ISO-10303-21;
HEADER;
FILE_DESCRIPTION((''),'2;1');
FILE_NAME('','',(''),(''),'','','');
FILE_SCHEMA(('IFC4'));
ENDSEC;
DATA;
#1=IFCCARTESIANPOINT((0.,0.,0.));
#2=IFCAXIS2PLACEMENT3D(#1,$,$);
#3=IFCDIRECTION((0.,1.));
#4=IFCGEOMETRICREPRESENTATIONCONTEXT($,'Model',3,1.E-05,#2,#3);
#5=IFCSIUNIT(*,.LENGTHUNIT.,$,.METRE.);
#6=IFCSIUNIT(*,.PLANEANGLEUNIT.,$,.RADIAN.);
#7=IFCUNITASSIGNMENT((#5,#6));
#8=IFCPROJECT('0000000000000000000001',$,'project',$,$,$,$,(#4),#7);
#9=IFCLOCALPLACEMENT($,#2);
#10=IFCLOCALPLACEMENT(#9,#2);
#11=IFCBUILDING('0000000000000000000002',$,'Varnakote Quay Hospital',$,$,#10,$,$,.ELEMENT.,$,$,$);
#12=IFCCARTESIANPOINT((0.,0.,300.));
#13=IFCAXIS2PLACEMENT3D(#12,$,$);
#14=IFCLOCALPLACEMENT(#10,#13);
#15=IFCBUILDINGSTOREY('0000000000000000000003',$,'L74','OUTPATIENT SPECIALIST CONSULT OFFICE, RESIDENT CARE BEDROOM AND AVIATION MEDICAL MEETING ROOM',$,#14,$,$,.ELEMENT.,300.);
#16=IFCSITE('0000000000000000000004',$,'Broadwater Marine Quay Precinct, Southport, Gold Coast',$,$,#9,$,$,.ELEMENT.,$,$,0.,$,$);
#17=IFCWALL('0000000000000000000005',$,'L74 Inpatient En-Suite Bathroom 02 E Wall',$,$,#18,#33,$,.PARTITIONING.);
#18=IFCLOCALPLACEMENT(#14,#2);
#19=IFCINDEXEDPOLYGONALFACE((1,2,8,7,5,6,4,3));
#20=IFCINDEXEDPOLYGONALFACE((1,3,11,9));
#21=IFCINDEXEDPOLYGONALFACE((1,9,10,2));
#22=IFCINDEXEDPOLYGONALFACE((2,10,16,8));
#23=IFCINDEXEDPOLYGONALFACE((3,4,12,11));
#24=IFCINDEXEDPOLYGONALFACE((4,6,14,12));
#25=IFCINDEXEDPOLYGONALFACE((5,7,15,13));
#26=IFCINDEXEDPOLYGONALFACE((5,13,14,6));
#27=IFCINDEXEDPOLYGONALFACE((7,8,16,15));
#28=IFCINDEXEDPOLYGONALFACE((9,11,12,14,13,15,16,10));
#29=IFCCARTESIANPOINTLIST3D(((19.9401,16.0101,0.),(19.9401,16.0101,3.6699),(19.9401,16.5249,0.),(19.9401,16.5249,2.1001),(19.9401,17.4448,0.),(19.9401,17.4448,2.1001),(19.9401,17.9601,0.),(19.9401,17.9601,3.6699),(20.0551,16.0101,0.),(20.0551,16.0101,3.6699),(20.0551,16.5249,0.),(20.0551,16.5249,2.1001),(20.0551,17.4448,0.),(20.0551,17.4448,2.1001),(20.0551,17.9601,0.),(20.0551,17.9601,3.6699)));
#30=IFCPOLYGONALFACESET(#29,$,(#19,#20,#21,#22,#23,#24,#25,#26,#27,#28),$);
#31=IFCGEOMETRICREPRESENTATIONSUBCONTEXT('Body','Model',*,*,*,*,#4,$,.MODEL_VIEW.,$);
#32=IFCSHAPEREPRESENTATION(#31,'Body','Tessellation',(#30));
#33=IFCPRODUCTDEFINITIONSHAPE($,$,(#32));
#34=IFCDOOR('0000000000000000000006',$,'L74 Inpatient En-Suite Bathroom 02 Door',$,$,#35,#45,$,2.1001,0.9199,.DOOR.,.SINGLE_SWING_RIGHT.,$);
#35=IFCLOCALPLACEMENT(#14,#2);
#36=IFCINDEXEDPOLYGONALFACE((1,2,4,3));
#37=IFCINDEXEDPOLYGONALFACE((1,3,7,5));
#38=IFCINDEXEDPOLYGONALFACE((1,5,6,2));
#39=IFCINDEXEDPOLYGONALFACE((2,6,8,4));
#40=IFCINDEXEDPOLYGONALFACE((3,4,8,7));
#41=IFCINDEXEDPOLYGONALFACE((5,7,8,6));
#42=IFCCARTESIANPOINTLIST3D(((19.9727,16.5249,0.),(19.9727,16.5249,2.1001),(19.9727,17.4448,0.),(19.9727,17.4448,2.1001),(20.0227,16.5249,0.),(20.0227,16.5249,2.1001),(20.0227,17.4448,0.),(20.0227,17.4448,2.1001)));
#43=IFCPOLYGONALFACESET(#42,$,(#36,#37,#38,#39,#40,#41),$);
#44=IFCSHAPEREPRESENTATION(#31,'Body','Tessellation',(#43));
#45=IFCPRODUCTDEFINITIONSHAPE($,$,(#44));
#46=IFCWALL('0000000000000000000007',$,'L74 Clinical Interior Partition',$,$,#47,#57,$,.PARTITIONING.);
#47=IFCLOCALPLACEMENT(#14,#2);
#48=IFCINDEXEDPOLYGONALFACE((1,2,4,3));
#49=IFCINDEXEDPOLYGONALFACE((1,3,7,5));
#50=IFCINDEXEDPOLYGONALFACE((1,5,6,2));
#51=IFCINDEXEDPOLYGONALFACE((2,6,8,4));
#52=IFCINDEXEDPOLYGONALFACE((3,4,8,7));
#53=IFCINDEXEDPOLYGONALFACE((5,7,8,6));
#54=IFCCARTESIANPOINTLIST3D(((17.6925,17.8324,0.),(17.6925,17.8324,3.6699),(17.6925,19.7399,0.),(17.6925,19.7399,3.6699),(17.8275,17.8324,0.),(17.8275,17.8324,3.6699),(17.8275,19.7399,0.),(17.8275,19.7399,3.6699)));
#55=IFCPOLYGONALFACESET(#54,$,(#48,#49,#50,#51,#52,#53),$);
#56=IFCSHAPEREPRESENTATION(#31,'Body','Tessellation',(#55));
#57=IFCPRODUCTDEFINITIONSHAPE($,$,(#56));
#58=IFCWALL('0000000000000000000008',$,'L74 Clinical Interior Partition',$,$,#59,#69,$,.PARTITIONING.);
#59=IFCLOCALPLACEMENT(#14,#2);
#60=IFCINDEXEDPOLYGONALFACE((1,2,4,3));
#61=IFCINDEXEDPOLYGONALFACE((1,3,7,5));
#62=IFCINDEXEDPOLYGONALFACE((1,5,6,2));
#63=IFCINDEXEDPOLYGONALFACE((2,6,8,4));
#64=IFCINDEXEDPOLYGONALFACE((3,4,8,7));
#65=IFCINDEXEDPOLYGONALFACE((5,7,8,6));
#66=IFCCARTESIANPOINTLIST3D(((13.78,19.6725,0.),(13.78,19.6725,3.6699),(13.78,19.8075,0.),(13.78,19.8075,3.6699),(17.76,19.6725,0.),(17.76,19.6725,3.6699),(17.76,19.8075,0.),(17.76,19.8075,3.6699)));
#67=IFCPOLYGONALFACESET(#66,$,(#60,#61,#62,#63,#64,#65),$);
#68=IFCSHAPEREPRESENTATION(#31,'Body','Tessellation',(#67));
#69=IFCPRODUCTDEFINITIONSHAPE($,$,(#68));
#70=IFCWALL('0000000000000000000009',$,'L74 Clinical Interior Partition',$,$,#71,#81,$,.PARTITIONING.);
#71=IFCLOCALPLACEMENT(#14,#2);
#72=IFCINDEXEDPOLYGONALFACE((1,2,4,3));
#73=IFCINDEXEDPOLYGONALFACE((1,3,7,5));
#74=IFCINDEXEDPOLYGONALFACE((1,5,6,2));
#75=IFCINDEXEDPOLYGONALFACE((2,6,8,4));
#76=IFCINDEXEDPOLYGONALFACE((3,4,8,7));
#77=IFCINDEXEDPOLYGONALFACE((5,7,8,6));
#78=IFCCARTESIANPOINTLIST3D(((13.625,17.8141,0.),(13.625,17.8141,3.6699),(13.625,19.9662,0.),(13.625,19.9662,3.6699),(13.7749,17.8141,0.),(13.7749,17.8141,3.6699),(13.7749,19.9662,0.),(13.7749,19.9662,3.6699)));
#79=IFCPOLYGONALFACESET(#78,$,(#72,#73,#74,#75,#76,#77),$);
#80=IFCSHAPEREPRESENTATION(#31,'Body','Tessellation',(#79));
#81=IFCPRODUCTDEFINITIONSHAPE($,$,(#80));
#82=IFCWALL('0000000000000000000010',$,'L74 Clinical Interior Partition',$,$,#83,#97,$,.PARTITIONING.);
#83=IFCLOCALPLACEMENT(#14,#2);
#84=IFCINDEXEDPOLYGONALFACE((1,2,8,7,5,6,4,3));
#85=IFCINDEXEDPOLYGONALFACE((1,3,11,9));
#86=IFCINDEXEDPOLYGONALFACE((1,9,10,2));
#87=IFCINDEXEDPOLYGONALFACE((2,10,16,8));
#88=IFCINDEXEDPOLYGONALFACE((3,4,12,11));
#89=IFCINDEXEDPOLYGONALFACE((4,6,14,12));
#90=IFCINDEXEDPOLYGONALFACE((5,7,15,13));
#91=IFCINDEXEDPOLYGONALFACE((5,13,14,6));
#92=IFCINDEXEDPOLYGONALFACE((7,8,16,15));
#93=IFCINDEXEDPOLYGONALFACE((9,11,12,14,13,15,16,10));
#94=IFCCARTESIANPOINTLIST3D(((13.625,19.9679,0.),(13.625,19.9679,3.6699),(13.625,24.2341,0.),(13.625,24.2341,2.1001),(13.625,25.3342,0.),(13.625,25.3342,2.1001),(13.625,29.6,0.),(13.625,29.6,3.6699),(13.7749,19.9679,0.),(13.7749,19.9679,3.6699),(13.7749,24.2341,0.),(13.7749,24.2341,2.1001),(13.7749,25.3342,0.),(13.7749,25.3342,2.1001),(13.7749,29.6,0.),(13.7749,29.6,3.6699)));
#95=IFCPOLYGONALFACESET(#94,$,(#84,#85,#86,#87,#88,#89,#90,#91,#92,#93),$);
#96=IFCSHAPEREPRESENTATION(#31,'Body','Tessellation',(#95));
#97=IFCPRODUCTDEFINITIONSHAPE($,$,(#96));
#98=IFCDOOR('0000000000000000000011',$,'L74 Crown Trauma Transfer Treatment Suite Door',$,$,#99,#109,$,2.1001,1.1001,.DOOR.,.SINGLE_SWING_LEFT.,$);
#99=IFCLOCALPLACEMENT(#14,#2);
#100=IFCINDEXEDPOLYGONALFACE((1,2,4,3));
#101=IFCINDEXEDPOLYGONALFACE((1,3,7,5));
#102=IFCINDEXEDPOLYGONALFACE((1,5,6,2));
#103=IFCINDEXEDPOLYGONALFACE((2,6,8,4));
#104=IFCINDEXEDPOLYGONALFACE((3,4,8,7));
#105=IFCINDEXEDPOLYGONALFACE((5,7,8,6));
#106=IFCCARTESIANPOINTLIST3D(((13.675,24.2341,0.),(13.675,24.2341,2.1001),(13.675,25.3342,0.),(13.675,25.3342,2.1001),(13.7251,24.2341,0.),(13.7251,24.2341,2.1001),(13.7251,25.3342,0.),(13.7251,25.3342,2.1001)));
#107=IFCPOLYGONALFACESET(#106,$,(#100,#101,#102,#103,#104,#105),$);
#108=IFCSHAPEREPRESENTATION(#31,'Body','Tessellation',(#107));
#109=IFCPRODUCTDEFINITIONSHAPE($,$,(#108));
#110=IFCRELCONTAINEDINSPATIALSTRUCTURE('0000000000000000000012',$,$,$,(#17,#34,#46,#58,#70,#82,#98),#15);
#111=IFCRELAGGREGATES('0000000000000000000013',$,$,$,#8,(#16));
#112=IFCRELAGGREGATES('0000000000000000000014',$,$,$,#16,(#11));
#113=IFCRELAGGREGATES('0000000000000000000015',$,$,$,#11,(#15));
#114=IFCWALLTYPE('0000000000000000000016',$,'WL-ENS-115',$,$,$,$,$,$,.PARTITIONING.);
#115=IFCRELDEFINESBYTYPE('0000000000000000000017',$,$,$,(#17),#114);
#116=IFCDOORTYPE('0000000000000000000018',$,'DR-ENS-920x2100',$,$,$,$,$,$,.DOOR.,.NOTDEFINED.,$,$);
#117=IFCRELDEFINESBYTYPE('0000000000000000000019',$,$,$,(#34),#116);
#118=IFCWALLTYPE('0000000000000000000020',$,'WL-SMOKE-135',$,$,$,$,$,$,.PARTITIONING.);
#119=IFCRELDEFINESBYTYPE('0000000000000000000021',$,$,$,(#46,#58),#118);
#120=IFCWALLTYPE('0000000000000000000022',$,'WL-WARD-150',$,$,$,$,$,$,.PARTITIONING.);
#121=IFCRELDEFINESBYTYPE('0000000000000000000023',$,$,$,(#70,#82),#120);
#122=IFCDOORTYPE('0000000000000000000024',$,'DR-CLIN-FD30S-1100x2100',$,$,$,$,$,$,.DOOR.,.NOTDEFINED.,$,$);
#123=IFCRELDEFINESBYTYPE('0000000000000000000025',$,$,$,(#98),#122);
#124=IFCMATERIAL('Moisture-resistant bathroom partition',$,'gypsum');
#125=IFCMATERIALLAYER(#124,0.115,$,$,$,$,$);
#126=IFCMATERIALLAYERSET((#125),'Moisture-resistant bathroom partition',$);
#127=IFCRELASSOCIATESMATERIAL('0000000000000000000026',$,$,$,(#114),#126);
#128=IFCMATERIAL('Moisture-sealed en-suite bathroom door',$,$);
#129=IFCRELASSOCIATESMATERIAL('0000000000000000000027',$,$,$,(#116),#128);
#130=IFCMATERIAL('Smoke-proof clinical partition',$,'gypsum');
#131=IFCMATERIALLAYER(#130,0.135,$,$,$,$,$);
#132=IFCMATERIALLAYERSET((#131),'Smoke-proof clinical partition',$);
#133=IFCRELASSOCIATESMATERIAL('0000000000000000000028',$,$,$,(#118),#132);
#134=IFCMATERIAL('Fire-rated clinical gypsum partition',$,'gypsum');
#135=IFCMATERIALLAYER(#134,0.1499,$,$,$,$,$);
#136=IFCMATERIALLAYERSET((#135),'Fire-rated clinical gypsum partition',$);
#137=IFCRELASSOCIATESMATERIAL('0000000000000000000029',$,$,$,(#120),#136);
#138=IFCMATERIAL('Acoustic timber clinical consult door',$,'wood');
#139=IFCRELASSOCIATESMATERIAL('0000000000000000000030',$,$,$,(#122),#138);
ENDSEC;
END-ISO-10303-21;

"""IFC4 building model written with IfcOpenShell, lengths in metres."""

from ifc_helpers import new_model, si_unit, direction, frame, frame_2d, origin, place, context, subcontext, project, spatial, rectangle, extrude, material, layer, layer_set, type_object, element, fill, save


model = new_model("IFC4")

# Units and contexts
model_context = context("Model", 3, precision=1e-05, world=origin(), true_north=direction((0.0, 1.0)))
body_context = subcontext(model_context, "Body", "Model", "MODEL_VIEW")
ifc_project = project(units=[si_unit("LENGTHUNIT", "METRE"), si_unit("PLANEANGLEUNIT", "RADIAN")], contexts=[model_context])

# Site, building, storey
site_placement = place(None, origin())
site = spatial("IfcSite", under=ifc_project, at=site_placement, Name="Broadwater Marine Quay Precinct, Southport, Gold Coast", CompositionType="ELEMENT", RefElevation=0.0)
building_placement = place(site_placement, origin())
building = spatial("IfcBuilding", under=site, at=building_placement, Name="Varnakote Quay Hospital", CompositionType="ELEMENT")
storey_placement = place(building_placement, frame((0.0, 0.0, 300.0)))
storey = spatial("IfcBuildingStorey", under=building, at=storey_placement, Name="L74", Description="OUTPATIENT SPECIALIST CONSULT OFFICE, RESIDENT CARE BEDROOM AND AVIATION MEDICAL MEETING ROOM", CompositionType="ELEMENT", Elevation=300.0)

# Shared definitions
ifc_material_1 = material(Name="Moisture-resistant bathroom partition", Category="gypsum")
ifc_layer_1 = layer(ifc_material_1, 0.115)
ifc_layer_set_1 = layer_set([ifc_layer_1], Name="Moisture-resistant bathroom partition")
wall_type_1 = type_object("IfcWallType", Name="WL-ENS-115", PredefinedType="PARTITIONING", material=ifc_layer_set_1)

# Shared definitions
ifc_material_2 = material(Name="Moisture-sealed en-suite bathroom door")
door_type_1 = type_object("IfcDoorType", Name="DR-ENS-920x2100", OperationType="NOTDEFINED", PredefinedType="DOOR", material=ifc_material_2)

# Wall, opening, door
wall_1_placement = place(storey_placement, frame((19.9976, 16.01, 0.0), z_axis=(0.0, 0.0, 1.0), x_axis=(0.0, 1.0, 0.0)))
wall_1 = element("IfcWall", 1, at=wall_1_placement, inside=storey, type_object=wall_type_1, Name="L74 Inpatient En-Suite Bathroom 02 E Wall", PredefinedType="PARTITIONING", context=body_context, shape_type="SweptSolid", body=[
    extrude(rectangle(XDim=1.95, YDim=0.115, at=frame_2d((0.9751, 0.0))), origin(), (0.0, 0.0, 1.0), 3.6699),
])
opening_1_placement = place(wall_1_placement, frame((0.5149, 0.0, 0.0)))
opening_1 = element("IfcOpeningElement", 2, at=opening_1_placement, cuts=wall_1, PredefinedType="OPENING", context=body_context, shape_type="SweptSolid", body=[
    extrude(rectangle(XDim=0.9199, YDim=2.1001, at=frame_2d((0.46, 1.05))), frame((0.0, 0.0674, 0.0), z_axis=(0.0, -1.0, 0.0), x_axis=(1.0, 0.0, 0.0)), (0.0, 0.0, 1.0), 0.135),
])
door_1_placement = place(opening_1_placement, origin())
door_1 = element("IfcDoor", 3, at=door_1_placement, inside=storey, type_object=door_type_1, Name="L74 Inpatient En-Suite Bathroom 02 Door", OperationType="SINGLE_SWING_RIGHT", OverallHeight=2.1001, OverallWidth=0.9199, PredefinedType="DOOR", context=body_context, shape_type="SweptSolid", body=[
    extrude(rectangle(XDim=0.9199, YDim=2.1001, at=frame_2d((0.46, 1.05))), frame((0.0, 0.0249, 0.0), z_axis=(0.0, -1.0, 0.0), x_axis=(1.0, 0.0, 0.0)), (0.0, 0.0, 1.0), 0.05),
])
fill(opening_1, door_1)

# Walls
ifc_material_3 = material(Name="Smoke-proof clinical partition", Category="gypsum")
ifc_layer_2 = layer(ifc_material_3, 0.135)
ifc_layer_set_2 = layer_set([ifc_layer_2], Name="Smoke-proof clinical partition")
wall_type_2 = type_object("IfcWallType", Name="WL-SMOKE-135", PredefinedType="PARTITIONING", material=ifc_layer_set_2)
wall_2_placement = place(storey_placement, frame((17.76, 17.8325, 0.0), z_axis=(0.0, 0.0, 1.0), x_axis=(0.0, 1.0, 0.0)))
element("IfcWall", 4, at=wall_2_placement, inside=storey, type_object=wall_type_2, Name="L74 Clinical Interior Partition", PredefinedType="PARTITIONING", context=body_context, shape_type="SweptSolid", body=[
    extrude(rectangle(XDim=1.9075, YDim=0.135, at=frame_2d((0.9536, 0.0))), origin(), (0.0, 0.0, 1.0), 3.6699),
])
wall_3_placement = place(storey_placement, frame((17.76, 19.74, 0.0), z_axis=(0.0, 0.0, 1.0), x_axis=(-1.0, 0.0, 0.0)))
element("IfcWall", 5, at=wall_3_placement, inside=storey, type_object=wall_type_2, Name="L74 Clinical Interior Partition", PredefinedType="PARTITIONING", context=body_context, shape_type="SweptSolid", body=[
    extrude(rectangle(XDim=3.98, YDim=0.135, at=frame_2d((1.99, 0.0))), origin(), (0.0, 0.0, 1.0), 3.6699),
])

# Shared definitions
ifc_material_4 = material(Name="Fire-rated clinical gypsum partition", Category="gypsum")
ifc_layer_3 = layer(ifc_material_4, 0.1499)
ifc_layer_set_3 = layer_set([ifc_layer_3], Name="Fire-rated clinical gypsum partition")
wall_type_3 = type_object("IfcWallType", Name="WL-WARD-150", PredefinedType="PARTITIONING", material=ifc_layer_set_3)

# Wall
wall_4_placement = place(storey_placement, frame((13.7, 17.814, 0.0), z_axis=(0.0, 0.0, 1.0), x_axis=(0.0, 1.0, 0.0)))
element("IfcWall", 6, at=wall_4_placement, inside=storey, type_object=wall_type_3, Name="L74 Clinical Interior Partition", PredefinedType="PARTITIONING", context=body_context, shape_type="SweptSolid", body=[
    extrude(rectangle(XDim=2.1521, YDim=0.1499, at=frame_2d((1.0762, 0.0))), origin(), (0.0, 0.0, 1.0), 3.6699),
])

# Wall, opening, door
wall_5_placement = place(storey_placement, frame((13.7, 19.968, 0.0), z_axis=(0.0, 0.0, 1.0), x_axis=(0.0, 1.0, 0.0)))
wall_5 = element("IfcWall", 7, at=wall_5_placement, inside=storey, type_object=wall_type_3, Name="L74 Clinical Interior Partition", PredefinedType="PARTITIONING", context=body_context, shape_type="SweptSolid", body=[
    extrude(rectangle(XDim=9.6321, YDim=0.1499, at=frame_2d((4.8159, 0.0))), origin(), (0.0, 0.0, 1.0), 3.6699),
])
opening_2_placement = place(wall_5_placement, frame((4.2661, 0.0, 0.0)))
opening_2 = element("IfcOpeningElement", 8, at=opening_2_placement, cuts=wall_5, PredefinedType="OPENING", context=body_context, shape_type="SweptSolid", body=[
    extrude(rectangle(XDim=1.1001, YDim=2.1001, at=frame_2d((0.55, 1.05))), frame((0.0, 0.085, 0.0), z_axis=(0.0, -1.0, 0.0), x_axis=(1.0, 0.0, 0.0)), (0.0, 0.0, 1.0), 0.1699),
])
ifc_material_5 = material(Name="Acoustic timber clinical consult door", Category="wood")
door_type_2 = type_object("IfcDoorType", Name="DR-CLIN-FD30S-1100x2100", OperationType="NOTDEFINED", PredefinedType="DOOR", material=ifc_material_5)
door_2_placement = place(opening_2_placement, origin())
door_2 = element("IfcDoor", 9, at=door_2_placement, inside=storey, type_object=door_type_2, Name="L74 Crown Trauma Transfer Treatment Suite Door", OperationType="SINGLE_SWING_LEFT", OverallHeight=2.1001, OverallWidth=1.1001, PredefinedType="DOOR", context=body_context, shape_type="SweptSolid", body=[
    extrude(rectangle(XDim=1.1001, YDim=2.1001, at=frame_2d((0.55, 1.05))), frame((0.0, 0.0249, 0.0), z_axis=(0.0, -1.0, 0.0), x_axis=(1.0, 0.0, 0.0)), (0.0, 0.0, 1.0), 0.05),
])
fill(opening_2, door_2)

save(model, "model.ifc")
